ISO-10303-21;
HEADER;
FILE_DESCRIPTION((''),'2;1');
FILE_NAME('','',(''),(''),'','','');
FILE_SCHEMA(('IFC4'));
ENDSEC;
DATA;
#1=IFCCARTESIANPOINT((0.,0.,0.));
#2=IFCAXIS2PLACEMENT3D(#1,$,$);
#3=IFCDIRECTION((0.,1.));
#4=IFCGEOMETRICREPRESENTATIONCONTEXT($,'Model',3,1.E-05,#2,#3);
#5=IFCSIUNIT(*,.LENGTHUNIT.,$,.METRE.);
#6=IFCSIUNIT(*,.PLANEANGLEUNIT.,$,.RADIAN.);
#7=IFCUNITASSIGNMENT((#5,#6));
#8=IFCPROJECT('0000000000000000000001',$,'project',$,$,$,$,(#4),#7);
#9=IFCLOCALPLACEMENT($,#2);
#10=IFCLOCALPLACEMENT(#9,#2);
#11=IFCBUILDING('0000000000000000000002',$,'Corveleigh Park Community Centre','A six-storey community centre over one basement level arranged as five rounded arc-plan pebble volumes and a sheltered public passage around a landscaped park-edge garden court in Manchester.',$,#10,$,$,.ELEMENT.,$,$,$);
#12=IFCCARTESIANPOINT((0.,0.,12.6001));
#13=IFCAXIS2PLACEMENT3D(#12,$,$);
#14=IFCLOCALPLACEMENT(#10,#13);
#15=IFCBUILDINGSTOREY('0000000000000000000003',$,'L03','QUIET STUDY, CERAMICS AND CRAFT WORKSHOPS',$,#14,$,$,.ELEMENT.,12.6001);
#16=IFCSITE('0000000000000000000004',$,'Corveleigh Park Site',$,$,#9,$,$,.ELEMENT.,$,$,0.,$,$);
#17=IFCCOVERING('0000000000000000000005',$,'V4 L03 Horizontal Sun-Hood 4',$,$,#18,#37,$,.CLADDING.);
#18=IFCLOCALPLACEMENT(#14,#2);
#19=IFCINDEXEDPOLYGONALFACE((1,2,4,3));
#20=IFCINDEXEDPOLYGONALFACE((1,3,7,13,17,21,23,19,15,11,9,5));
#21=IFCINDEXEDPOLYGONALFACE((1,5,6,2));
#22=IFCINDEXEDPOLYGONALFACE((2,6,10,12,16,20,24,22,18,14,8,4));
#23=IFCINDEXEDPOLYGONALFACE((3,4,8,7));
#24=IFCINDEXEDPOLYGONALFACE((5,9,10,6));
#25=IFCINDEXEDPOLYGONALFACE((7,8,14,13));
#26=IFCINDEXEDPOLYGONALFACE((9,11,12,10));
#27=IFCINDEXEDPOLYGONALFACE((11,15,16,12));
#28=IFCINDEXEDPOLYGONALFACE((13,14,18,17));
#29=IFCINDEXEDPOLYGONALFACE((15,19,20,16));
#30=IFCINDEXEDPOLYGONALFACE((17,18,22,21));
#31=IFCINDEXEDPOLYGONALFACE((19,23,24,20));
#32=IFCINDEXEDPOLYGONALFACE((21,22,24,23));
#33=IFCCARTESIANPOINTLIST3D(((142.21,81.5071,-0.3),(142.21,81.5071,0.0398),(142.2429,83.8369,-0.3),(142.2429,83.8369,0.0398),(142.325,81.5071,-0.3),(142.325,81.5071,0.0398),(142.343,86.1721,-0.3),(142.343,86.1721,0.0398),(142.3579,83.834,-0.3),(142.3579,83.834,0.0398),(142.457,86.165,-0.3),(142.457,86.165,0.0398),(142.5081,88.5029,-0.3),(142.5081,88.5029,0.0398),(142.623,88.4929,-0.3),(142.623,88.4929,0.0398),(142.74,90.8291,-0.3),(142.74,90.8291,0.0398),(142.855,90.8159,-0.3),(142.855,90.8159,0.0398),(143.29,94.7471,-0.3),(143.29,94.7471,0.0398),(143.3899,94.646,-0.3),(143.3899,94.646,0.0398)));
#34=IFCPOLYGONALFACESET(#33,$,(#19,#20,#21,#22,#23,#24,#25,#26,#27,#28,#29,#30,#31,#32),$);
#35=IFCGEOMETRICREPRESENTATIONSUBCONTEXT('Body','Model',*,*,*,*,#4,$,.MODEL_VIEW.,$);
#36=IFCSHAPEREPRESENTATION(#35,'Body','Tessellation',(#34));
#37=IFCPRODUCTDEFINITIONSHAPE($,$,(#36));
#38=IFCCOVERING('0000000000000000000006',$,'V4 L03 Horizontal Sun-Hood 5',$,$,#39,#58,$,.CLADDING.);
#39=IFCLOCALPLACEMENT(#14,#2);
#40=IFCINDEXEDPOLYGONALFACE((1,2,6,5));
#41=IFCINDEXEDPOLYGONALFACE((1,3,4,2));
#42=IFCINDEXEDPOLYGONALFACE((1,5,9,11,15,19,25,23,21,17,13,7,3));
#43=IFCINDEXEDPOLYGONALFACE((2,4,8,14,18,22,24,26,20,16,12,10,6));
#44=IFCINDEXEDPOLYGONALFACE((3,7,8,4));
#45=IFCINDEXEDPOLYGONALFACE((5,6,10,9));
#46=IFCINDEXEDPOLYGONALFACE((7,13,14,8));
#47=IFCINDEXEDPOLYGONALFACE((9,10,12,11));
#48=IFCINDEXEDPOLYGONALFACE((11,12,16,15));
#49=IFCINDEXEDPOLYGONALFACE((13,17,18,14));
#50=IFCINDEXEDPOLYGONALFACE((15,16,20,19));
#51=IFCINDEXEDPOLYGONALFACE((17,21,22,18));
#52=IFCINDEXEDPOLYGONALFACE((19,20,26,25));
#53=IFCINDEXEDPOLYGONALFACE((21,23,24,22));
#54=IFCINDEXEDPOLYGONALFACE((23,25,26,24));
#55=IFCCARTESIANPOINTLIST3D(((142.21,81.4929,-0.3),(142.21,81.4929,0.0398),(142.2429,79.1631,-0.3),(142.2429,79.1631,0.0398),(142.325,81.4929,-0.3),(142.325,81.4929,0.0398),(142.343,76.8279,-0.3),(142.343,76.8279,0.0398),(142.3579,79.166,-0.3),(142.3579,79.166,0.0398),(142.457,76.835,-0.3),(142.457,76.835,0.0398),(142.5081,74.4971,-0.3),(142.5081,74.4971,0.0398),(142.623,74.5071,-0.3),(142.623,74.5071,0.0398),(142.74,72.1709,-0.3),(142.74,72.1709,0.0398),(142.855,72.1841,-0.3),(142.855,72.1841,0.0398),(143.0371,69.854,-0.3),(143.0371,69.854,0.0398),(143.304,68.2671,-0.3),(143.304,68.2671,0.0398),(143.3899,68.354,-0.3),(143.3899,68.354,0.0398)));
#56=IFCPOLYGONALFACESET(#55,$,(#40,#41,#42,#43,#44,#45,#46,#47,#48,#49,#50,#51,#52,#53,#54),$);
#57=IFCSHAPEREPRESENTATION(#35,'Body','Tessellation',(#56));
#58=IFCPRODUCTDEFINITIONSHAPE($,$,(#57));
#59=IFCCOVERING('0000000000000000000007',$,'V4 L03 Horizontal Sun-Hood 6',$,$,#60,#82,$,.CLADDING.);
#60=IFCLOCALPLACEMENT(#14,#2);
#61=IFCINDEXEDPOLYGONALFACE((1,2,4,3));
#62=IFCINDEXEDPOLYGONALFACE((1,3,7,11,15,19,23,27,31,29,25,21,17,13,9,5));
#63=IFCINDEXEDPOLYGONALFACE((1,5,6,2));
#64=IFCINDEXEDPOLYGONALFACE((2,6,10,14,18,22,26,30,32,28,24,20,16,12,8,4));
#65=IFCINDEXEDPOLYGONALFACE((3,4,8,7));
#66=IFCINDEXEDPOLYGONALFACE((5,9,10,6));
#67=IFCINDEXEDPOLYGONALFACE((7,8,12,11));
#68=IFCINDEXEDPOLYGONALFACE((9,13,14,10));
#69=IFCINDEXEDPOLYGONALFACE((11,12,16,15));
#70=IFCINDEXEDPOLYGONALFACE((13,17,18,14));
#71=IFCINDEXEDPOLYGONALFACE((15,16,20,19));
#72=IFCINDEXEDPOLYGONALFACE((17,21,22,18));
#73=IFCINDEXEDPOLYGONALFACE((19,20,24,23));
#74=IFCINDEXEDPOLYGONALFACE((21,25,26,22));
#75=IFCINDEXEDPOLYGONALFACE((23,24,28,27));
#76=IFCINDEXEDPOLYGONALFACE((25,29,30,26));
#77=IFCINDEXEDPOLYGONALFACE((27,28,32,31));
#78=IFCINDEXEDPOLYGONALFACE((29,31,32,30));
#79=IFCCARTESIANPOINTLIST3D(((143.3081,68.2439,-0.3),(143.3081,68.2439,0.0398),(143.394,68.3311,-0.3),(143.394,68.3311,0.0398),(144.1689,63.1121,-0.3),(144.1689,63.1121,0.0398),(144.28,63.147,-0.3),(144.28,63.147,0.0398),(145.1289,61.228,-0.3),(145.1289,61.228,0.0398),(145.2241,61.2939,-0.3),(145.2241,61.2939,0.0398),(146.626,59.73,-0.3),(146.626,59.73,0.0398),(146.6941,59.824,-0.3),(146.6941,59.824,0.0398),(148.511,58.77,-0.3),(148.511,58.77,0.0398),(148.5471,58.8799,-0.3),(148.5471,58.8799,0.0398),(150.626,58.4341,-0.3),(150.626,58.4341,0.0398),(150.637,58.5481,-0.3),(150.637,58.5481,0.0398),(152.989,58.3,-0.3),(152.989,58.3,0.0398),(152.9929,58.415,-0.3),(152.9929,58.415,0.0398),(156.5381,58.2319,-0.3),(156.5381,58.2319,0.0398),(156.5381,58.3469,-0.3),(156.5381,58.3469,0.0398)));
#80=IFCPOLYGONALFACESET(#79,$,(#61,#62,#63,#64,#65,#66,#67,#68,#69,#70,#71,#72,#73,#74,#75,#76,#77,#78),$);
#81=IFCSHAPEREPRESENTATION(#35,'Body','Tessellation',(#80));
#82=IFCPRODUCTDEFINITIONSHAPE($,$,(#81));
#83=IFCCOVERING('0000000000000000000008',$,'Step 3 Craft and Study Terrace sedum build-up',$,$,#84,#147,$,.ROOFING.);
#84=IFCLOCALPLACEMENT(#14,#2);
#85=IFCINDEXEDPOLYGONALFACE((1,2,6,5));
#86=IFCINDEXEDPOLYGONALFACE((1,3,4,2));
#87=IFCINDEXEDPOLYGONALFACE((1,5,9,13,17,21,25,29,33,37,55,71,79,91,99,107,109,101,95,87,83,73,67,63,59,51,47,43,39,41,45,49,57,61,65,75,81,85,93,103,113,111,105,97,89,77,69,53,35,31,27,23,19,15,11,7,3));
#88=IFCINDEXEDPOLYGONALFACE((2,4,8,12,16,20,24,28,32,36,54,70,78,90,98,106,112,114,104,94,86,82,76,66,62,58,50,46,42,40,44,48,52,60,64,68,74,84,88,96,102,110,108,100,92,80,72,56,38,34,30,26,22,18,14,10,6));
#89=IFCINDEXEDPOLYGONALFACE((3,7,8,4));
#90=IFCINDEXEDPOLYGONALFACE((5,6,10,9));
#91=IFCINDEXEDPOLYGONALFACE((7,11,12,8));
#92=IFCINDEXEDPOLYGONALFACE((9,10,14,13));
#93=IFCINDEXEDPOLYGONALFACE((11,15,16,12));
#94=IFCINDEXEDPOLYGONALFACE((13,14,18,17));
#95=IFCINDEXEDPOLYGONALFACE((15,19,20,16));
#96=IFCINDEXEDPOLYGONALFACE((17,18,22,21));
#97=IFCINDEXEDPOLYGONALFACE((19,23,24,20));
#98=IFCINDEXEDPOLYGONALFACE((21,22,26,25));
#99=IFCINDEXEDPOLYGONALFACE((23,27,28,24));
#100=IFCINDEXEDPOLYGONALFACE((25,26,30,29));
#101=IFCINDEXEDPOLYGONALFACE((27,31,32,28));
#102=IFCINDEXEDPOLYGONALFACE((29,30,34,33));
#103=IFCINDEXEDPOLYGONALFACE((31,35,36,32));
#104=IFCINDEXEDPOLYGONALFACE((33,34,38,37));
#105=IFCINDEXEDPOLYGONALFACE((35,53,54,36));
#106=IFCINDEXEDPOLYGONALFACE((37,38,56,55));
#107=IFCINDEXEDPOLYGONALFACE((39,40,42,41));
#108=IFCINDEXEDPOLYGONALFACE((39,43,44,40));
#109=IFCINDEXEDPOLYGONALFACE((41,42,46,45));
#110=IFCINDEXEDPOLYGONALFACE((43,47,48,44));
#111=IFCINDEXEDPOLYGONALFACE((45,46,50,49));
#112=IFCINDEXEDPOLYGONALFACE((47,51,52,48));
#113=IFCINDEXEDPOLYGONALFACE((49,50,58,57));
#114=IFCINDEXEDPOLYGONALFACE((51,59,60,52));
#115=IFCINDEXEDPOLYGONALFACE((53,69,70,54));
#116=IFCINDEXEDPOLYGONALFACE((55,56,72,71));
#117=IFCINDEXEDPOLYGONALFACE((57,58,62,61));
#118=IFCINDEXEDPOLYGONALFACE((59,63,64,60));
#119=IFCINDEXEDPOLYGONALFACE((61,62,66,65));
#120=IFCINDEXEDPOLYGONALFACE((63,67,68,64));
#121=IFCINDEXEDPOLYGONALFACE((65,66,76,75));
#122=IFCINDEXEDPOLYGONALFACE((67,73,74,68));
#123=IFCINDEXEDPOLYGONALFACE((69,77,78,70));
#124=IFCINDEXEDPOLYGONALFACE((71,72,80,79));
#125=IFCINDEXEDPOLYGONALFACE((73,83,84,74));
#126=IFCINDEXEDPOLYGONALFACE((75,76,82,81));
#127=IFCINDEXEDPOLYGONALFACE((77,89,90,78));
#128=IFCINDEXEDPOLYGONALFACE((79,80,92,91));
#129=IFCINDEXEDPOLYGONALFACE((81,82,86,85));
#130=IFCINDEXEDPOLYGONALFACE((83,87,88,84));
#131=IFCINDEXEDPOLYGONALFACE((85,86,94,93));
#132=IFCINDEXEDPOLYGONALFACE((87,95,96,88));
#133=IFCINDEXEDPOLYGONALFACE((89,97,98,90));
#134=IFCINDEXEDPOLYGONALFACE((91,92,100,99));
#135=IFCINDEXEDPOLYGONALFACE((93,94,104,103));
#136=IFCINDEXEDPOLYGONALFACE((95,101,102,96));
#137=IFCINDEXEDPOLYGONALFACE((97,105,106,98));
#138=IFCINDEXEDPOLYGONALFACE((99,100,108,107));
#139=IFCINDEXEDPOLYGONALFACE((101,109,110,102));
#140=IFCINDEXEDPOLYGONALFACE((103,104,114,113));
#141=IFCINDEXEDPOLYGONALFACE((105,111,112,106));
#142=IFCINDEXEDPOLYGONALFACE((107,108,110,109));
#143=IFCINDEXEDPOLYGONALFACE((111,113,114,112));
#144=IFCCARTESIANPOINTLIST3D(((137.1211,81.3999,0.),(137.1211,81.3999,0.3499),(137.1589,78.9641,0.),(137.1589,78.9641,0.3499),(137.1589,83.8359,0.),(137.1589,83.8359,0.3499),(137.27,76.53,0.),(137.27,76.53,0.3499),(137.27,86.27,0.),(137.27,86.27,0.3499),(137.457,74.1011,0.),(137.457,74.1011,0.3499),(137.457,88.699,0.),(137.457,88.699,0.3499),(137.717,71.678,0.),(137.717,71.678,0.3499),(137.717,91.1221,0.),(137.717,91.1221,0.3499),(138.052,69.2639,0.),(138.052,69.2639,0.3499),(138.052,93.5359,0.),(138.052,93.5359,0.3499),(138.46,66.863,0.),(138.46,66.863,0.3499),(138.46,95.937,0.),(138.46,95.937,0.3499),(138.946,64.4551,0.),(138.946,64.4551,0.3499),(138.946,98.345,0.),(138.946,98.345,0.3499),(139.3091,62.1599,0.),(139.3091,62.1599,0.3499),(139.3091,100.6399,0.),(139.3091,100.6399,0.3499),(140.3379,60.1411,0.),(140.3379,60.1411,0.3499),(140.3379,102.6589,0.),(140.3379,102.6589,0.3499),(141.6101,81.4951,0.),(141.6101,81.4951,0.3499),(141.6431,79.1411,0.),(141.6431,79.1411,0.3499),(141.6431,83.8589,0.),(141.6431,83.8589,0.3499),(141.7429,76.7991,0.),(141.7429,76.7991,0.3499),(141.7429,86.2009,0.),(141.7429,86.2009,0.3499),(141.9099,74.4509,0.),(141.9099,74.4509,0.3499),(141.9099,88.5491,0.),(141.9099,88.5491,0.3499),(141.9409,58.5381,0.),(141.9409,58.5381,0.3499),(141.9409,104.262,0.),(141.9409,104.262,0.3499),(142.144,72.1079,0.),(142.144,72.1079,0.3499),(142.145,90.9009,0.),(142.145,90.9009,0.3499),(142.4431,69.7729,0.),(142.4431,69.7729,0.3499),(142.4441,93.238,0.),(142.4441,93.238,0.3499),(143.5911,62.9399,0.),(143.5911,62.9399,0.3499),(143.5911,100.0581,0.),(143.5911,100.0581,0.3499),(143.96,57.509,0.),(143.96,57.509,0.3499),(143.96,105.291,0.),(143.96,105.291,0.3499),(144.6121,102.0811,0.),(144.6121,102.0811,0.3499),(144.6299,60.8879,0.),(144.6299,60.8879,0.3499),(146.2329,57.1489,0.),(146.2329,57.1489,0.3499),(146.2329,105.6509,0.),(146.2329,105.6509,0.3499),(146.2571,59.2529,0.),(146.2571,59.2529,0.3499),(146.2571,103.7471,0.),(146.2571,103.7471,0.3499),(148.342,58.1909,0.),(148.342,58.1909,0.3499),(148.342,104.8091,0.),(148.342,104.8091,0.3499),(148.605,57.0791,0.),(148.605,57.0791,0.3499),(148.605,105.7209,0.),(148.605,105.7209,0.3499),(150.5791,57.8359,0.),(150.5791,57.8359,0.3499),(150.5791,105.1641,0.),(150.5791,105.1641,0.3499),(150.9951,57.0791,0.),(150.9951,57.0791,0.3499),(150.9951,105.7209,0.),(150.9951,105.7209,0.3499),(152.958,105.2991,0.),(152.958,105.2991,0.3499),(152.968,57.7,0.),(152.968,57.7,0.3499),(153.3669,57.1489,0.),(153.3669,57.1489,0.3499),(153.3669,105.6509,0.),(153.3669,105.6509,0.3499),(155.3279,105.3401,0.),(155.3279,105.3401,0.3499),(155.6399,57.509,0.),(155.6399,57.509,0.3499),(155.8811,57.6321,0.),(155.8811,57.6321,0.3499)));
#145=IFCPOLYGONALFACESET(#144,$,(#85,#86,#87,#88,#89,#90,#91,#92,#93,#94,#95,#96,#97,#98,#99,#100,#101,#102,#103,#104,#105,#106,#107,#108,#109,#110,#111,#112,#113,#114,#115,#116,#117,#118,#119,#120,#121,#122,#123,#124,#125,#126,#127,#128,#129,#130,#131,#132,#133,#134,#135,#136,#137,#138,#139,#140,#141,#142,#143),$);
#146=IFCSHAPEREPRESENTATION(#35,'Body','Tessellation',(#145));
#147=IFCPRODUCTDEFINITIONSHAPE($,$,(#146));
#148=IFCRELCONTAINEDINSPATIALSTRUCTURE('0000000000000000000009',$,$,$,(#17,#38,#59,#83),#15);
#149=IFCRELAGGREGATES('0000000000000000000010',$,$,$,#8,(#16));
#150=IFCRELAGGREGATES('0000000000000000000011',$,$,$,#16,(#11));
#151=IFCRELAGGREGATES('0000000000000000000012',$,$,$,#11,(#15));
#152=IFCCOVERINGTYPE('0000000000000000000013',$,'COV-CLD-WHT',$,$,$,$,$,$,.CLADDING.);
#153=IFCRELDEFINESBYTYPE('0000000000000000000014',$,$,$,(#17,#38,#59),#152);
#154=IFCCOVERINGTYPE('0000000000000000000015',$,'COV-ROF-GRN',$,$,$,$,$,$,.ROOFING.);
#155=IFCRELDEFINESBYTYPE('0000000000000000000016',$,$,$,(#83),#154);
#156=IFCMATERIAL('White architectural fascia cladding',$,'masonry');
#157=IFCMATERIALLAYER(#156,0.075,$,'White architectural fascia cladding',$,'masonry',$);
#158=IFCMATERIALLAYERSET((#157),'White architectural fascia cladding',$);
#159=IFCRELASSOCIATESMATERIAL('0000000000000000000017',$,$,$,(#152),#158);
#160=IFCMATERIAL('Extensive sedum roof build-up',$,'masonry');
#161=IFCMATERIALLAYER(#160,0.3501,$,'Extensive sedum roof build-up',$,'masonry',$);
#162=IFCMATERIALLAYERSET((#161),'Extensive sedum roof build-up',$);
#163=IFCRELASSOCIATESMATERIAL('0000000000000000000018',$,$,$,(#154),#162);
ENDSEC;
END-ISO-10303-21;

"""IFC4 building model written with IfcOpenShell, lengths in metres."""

from ifc_helpers import new_model, si_unit, direction, frame, origin, place, context, subcontext, project, spatial, polyline, outline, extrude, material, layer, layer_set, type_object, element, save


model = new_model("IFC4")

# Units and contexts
model_context = context("Model", 3, precision=1e-05, world=origin(), true_north=direction((0.0, 1.0)))
body_context = subcontext(model_context, "Body", "Model", "MODEL_VIEW")
ifc_project = project(units=[si_unit("LENGTHUNIT", "METRE"), si_unit("PLANEANGLEUNIT", "RADIAN")], contexts=[model_context])

# Site, building, storey
site_placement = place(None, origin())
site = spatial("IfcSite", under=ifc_project, at=site_placement, Name="Corveleigh Park Site", CompositionType="ELEMENT", RefElevation=0.0)
building_placement = place(site_placement, origin())
building = spatial("IfcBuilding", under=site, at=building_placement, Name="Corveleigh Park Community Centre", Description="A six-storey community centre over one basement level arranged as five rounded arc-plan pebble volumes and a sheltered public passage around a landscaped park-edge garden court in Manchester.", CompositionType="ELEMENT")
storey_placement = place(building_placement, frame((0.0, 0.0, 12.6001)))
storey = spatial("IfcBuildingStorey", under=building, at=storey_placement, Name="L03", Description="QUIET STUDY, CERAMICS AND CRAFT WORKSHOPS", CompositionType="ELEMENT", Elevation=12.6001)

# Coverings
ifc_material_1 = material(Name="White architectural fascia cladding", Category="masonry")
ifc_layer_1 = layer(ifc_material_1, 0.075, Name="White architectural fascia cladding", Category="masonry")
ifc_layer_set_1 = layer_set([ifc_layer_1], Name="White architectural fascia cladding")
covering_type_1 = type_object("IfcCoveringType", Name="COV-CLD-WHT", PredefinedType="CLADDING", material=ifc_layer_set_1)
covering_1_placement = place(storey_placement, frame((0.0, 0.0, -0.3)))
element("IfcCovering", 1, at=covering_1_placement, inside=storey, type_object=covering_type_1, Name="V4 L03 Horizontal Sun-Hood 4", PredefinedType="CLADDING", context=body_context, shape_type="SweptSolid", body=[
    extrude(outline(polyline([(142.2429, 83.8369), (142.343, 86.1721), (142.5081, 88.5029), (142.74, 90.8291), (143.29, 94.7471), (143.3899, 94.646), (142.855, 90.8159), (142.623, 88.4929), (142.457, 86.165), (142.3579, 83.834), (142.325, 81.5071), (142.21, 81.5071), (142.2429, 83.8369)])), origin(), (0.0, 0.0, 1.0), 0.3398),
])
covering_2_placement = place(storey_placement, frame((0.0, 0.0, -0.3)))
element("IfcCovering", 2, at=covering_2_placement, inside=storey, type_object=covering_type_1, Name="V4 L03 Horizontal Sun-Hood 5", PredefinedType="CLADDING", context=body_context, shape_type="SweptSolid", body=[
    extrude(outline(polyline([(143.0371, 69.854), (142.74, 72.1709), (142.5081, 74.4971), (142.343, 76.8279), (142.2429, 79.1631), (142.21, 81.4929), (142.325, 81.4929), (142.3579, 79.166), (142.457, 76.835), (142.623, 74.5071), (142.855, 72.1841), (143.3899, 68.354), (143.304, 68.2671), (143.0371, 69.854)])), origin(), (0.0, 0.0, 1.0), 0.3398),
])
covering_3_placement = place(storey_placement, frame((0.0, 0.0, -0.3)))
element("IfcCovering", 3, at=covering_3_placement, inside=storey, type_object=covering_type_1, Name="V4 L03 Horizontal Sun-Hood 6", PredefinedType="CLADDING", context=body_context, shape_type="SweptSolid", body=[
    extrude(outline(polyline([(156.5381, 58.2319), (152.989, 58.3), (150.626, 58.4341), (148.511, 58.77), (146.626, 59.73), (145.1289, 61.228), (144.1689, 63.1121), (143.3081, 68.2439), (143.394, 68.3311), (144.28, 63.147), (145.2241, 61.2939), (146.6941, 59.824), (148.5471, 58.8799), (150.637, 58.5481), (152.9929, 58.415), (156.5381, 58.3469), (156.5381, 58.2319)])), origin(), (0.0, 0.0, 1.0), 0.3398),
])
ifc_material_2 = material(Name="Extensive sedum roof build-up", Category="masonry")
ifc_layer_2 = layer(ifc_material_2, 0.3501, Name="Extensive sedum roof build-up", Category="masonry")
ifc_layer_set_2 = layer_set([ifc_layer_2], Name="Extensive sedum roof build-up")
covering_type_2 = type_object("IfcCoveringType", Name="COV-ROF-GRN", PredefinedType="ROOFING", material=ifc_layer_set_2)
covering_4_placement = place(storey_placement, origin())
element("IfcCovering", 4, at=covering_4_placement, inside=storey, type_object=covering_type_2, Name="Step 3 Craft and Study Terrace sedum build-up", PredefinedType="ROOFING", context=body_context, shape_type="SweptSolid", body=[
    extrude(outline(polyline([(155.3279, 105.3401), (152.958, 105.2991), (150.5791, 105.1641), (148.342, 104.8091), (146.2571, 103.7471), (144.6121, 102.0811), (143.5911, 100.0581), (142.4441, 93.238), (142.145, 90.9009), (141.9099, 88.5491), (141.7429, 86.2009), (141.6431, 83.8589), (141.6101, 81.4951), (141.6431, 79.1411), (141.7429, 76.7991), (141.9099, 74.4509), (142.144, 72.1079), (142.4431, 69.7729), (143.5911, 62.9399), (144.6299, 60.8879), (146.2571, 59.2529), (148.342, 58.1909), (150.5791, 57.8359), (152.968, 57.7), (155.8811, 57.6321), (155.6399, 57.509), (153.3669, 57.1489), (150.9951, 57.0791), (148.605, 57.0791), (146.2329, 57.1489), (143.96, 57.509), (141.9409, 58.5381), (140.3379, 60.1411), (139.3091, 62.1599), (138.946, 64.4551), (138.46, 66.863), (138.052, 69.2639), (137.717, 71.678), (137.457, 74.1011), (137.27, 76.53), (137.1589, 78.9641), (137.1211, 81.3999), (137.1589, 83.8359), (137.27, 86.27), (137.457, 88.699), (137.717, 91.1221), (138.052, 93.5359), (138.46, 95.937), (138.946, 98.345), (139.3091, 100.6399), (140.3379, 102.6589), (141.9409, 104.262), (143.96, 105.291), (146.2329, 105.6509), (148.605, 105.7209), (150.9951, 105.7209), (153.3669, 105.6509), (155.3279, 105.3401)])), origin(), (0.0, 0.0, 1.0), 0.3499),
])

save(model, "model.ifc")
